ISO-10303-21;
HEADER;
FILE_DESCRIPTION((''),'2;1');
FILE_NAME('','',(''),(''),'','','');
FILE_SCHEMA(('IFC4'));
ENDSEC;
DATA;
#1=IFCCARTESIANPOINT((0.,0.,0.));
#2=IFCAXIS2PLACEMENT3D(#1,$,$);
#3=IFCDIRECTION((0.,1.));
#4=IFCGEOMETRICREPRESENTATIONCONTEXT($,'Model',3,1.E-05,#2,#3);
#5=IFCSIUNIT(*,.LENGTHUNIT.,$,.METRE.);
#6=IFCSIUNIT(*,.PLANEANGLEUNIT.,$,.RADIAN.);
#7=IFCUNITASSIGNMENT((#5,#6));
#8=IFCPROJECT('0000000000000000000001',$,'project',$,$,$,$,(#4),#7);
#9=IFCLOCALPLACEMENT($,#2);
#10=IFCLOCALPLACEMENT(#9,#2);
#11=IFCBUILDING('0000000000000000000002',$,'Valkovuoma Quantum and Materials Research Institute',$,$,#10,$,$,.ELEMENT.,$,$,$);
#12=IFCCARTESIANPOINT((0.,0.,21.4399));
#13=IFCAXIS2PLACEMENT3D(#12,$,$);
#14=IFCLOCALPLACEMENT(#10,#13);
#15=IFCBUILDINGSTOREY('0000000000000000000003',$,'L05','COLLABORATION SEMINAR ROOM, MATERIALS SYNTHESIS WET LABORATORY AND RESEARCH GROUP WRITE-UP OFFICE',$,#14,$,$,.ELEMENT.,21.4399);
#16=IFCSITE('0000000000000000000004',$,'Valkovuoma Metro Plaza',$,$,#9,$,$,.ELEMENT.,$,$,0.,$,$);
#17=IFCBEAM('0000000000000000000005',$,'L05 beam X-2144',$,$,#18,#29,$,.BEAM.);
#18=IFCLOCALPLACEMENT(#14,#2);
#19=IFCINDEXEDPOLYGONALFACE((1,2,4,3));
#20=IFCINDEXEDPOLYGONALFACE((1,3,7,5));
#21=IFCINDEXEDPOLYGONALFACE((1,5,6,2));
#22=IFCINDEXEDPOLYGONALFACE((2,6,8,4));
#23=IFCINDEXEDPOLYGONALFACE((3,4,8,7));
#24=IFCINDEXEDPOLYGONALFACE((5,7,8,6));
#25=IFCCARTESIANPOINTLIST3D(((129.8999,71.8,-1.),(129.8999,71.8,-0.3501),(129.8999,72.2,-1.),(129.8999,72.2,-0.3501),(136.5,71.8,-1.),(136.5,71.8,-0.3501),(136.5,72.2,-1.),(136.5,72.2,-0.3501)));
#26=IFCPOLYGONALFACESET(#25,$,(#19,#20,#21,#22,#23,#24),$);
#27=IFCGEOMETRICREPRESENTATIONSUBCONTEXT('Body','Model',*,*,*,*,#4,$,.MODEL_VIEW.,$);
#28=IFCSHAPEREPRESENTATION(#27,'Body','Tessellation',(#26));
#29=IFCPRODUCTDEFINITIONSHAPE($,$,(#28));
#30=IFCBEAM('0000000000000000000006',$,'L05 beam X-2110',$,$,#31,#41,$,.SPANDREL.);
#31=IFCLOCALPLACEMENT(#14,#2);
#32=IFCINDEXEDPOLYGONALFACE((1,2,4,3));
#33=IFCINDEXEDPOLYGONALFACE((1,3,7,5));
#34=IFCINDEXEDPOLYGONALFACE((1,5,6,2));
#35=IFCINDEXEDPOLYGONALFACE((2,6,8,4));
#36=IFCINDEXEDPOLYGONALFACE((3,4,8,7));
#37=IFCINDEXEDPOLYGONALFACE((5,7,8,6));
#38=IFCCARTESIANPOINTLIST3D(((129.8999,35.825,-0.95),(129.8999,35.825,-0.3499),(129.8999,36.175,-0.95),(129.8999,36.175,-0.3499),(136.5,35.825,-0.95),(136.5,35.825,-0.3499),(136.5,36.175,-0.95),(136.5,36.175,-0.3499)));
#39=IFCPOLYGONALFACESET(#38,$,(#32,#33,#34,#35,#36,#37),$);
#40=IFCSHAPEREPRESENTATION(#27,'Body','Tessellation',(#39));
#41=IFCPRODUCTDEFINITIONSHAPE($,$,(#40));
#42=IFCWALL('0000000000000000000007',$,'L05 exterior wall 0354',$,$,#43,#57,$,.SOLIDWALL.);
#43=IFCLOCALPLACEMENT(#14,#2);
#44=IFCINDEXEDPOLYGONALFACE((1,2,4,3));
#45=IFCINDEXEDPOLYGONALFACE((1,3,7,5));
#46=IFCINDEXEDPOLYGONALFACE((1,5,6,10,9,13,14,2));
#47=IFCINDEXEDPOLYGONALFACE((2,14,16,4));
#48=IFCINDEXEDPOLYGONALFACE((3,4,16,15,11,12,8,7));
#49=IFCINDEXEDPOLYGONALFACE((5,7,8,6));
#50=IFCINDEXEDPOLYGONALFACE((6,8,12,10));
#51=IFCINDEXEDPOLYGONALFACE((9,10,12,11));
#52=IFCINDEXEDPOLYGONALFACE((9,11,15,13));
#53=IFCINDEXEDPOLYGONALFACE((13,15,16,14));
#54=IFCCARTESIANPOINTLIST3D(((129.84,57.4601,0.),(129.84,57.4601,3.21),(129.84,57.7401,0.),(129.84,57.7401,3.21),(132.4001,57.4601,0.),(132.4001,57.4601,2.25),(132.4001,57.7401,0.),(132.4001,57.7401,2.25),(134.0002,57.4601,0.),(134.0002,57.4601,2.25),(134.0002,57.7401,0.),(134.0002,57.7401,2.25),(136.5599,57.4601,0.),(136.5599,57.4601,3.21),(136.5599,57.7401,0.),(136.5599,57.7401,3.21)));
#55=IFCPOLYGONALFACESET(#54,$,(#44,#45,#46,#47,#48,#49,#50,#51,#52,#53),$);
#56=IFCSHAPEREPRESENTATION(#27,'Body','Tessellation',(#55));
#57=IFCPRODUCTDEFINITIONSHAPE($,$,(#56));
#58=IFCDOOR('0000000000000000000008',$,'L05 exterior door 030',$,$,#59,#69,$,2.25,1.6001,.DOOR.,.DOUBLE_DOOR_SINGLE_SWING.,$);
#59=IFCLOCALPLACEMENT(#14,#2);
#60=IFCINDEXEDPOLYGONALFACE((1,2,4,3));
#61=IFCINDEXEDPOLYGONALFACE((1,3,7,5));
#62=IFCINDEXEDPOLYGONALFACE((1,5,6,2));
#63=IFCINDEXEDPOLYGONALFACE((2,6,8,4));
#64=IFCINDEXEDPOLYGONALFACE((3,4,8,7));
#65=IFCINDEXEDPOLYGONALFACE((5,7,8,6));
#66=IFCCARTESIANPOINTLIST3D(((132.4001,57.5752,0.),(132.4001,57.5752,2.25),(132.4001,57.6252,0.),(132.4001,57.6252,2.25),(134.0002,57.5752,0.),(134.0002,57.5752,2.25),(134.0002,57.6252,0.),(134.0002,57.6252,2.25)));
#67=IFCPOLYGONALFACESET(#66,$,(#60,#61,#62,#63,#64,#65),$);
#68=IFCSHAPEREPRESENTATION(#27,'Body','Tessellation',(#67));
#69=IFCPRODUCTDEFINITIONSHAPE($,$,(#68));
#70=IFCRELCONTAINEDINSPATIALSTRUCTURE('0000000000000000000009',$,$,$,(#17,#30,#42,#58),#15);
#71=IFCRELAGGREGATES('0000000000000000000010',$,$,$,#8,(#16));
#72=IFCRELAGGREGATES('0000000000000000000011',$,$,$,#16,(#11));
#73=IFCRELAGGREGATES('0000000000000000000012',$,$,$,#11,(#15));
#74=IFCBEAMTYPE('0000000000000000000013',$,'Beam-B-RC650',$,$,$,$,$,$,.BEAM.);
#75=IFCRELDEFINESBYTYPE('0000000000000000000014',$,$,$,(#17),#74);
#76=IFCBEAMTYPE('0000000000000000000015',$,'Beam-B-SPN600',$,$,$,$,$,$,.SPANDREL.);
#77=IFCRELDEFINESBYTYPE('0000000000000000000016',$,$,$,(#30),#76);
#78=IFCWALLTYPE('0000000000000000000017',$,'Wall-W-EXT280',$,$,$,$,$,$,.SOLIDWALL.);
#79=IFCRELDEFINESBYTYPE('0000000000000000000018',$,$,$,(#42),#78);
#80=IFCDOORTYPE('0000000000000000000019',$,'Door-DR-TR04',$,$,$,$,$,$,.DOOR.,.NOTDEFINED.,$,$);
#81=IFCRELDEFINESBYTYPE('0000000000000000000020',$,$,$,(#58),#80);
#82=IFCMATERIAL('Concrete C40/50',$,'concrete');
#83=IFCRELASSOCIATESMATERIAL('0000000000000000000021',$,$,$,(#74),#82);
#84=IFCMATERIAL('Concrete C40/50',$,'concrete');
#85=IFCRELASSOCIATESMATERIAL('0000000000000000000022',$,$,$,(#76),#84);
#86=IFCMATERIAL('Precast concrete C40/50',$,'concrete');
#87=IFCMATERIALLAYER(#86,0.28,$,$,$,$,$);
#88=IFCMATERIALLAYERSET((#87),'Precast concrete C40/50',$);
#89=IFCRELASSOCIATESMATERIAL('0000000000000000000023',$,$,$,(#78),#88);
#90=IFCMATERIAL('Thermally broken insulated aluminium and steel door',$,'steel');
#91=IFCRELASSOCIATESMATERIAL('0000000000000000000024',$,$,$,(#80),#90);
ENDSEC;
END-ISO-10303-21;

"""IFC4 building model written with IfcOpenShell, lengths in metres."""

from ifc_helpers import new_model, si_unit, direction, frame, frame_2d, origin, origin_2d, place, context, subcontext, project, spatial, rectangle, extrude, material, layer, layer_set, material_profile, profile_set, type_object, element, fill, save


model = new_model("IFC4")

# Units and contexts
model_context = context("Model", 3, precision=1e-05, world=origin(), true_north=direction((0.0, 1.0)))
body_context = subcontext(model_context, "Body", "Model", "MODEL_VIEW")
ifc_project = project(units=[si_unit("LENGTHUNIT", "METRE"), si_unit("PLANEANGLEUNIT", "RADIAN")], contexts=[model_context])

# Site, building, storey
site_placement = place(None, origin())
site = spatial("IfcSite", under=ifc_project, at=site_placement, Name="Valkovuoma Metro Plaza", CompositionType="ELEMENT", RefElevation=0.0)
building_placement = place(site_placement, origin())
building = spatial("IfcBuilding", under=site, at=building_placement, Name="Valkovuoma Quantum and Materials Research Institute", CompositionType="ELEMENT")
storey_placement = place(building_placement, frame((0.0, 0.0, 21.4399)))
storey = spatial("IfcBuildingStorey", under=building, at=storey_placement, Name="L05", Description="COLLABORATION SEMINAR ROOM, MATERIALS SYNTHESIS WET LABORATORY AND RESEARCH GROUP WRITE-UP OFFICE", CompositionType="ELEMENT", Elevation=21.4399)

# Beams
ifc_material_1 = material(Name="Concrete C40/50", Category="concrete")
ifc_material_profile_1 = material_profile(ifc_material_1, rectangle(XDim=0.3999, YDim=0.6499, at=origin_2d()), Name="Concrete C40/50")
ifc_profile_set_1 = profile_set([ifc_material_profile_1], Name="Concrete C40/50")
beam_type_1 = type_object("IfcBeamType", Name="Beam-B-RC650", PredefinedType="BEAM", material=ifc_profile_set_1)
for number, where, z_axis, x_axis, name in (
    (1, (129.8999, 72.0, -0.675), (1.0, 0.0, 0.0), (0.0, 1.0, 0.0), "L05 beam X-2144"),
):
    element("IfcBeam", number, at=place(storey_placement, frame(where, z_axis=z_axis, x_axis=x_axis)), inside=storey, type_object=beam_type_1, Name=name, PredefinedType="BEAM", context=body_context, shape_type="SweptSolid", body=[
        extrude(rectangle(XDim=0.3999, YDim=0.6499, at=origin_2d()), origin(), (0.0, 0.0, 1.0), 6.6001),
    ])
ifc_material_2 = material(Name="Concrete C40/50", Category="concrete")
ifc_material_profile_2 = material_profile(ifc_material_2, rectangle(XDim=0.3501, YDim=0.6001, at=origin_2d()), Name="Concrete C40/50")
ifc_profile_set_2 = profile_set([ifc_material_profile_2], Name="Concrete C40/50")
beam_type_2 = type_object("IfcBeamType", Name="Beam-B-SPN600", PredefinedType="SPANDREL", material=ifc_profile_set_2)
beam_1_placement = place(storey_placement, frame((129.8999, 36.0, -0.6499), z_axis=(1.0, 0.0, 0.0), x_axis=(0.0, 1.0, 0.0)))
element("IfcBeam", 2, at=beam_1_placement, inside=storey, type_object=beam_type_2, Name="L05 beam X-2110", PredefinedType="SPANDREL", context=body_context, shape_type="SweptSolid", body=[
    extrude(rectangle(XDim=0.3501, YDim=0.6001, at=origin_2d()), origin(), (0.0, 0.0, 1.0), 6.6001),
])

# Wall, opening, door
ifc_material_3 = material(Name="Precast concrete C40/50", Category="concrete")
ifc_layer = layer(ifc_material_3, 0.28)
ifc_layer_set = layer_set([ifc_layer], Name="Precast concrete C40/50")
wall_type = type_object("IfcWallType", Name="Wall-W-EXT280", PredefinedType="SOLIDWALL", material=ifc_layer_set)
wall_placement = place(storey_placement, frame((129.8401, 57.6001, 0.0), z_axis=(0.0, 0.0, 1.0), x_axis=(1.0, 0.0, 0.0)))
wall = element("IfcWall", 3, at=wall_placement, inside=storey, type_object=wall_type, Name="L05 exterior wall 0354", PredefinedType="SOLIDWALL", context=body_context, shape_type="SweptSolid", body=[
    extrude(rectangle(XDim=6.72, YDim=0.28, at=frame_2d((3.3599, 0.0))), origin(), (0.0, 0.0, 1.0), 3.21),
])
opening_placement = place(wall_placement, frame((2.5601, 0.0, 0.0)))
opening = element("IfcOpeningElement", 4, at=opening_placement, cuts=wall, PredefinedType="OPENING", context=body_context, shape_type="SweptSolid", body=[
    extrude(rectangle(XDim=1.6001, YDim=2.25, at=frame_2d((0.8, 1.125))), frame((0.0, 0.1499, 0.0), z_axis=(0.0, -1.0, 0.0), x_axis=(1.0, 0.0, 0.0)), (0.0, 0.0, 1.0), 0.3),
])
ifc_material_4 = material(Name="Thermally broken insulated aluminium and steel door", Category="steel")
door_type = type_object("IfcDoorType", Name="Door-DR-TR04", OperationType="NOTDEFINED", PredefinedType="DOOR", material=ifc_material_4)
door_placement = place(opening_placement, frame((1.6001, 0.0, 0.0), z_axis=(0.0, 0.0, 1.0), x_axis=(-1.0, 0.0, 0.0)))
door = element("IfcDoor", 5, at=door_placement, inside=storey, type_object=door_type, Name="L05 exterior door 030", OperationType="DOUBLE_DOOR_SINGLE_SWING", OverallHeight=2.25, OverallWidth=1.6001, PredefinedType="DOOR", context=body_context, shape_type="SweptSolid", body=[
    extrude(rectangle(XDim=1.6001, YDim=2.25, at=frame_2d((0.8, 1.125))), frame((0.0, 0.0249, 0.0), z_axis=(0.0, -1.0, 0.0), x_axis=(1.0, 0.0, 0.0)), (0.0, 0.0, 1.0), 0.05),
])
fill(opening, door)

save(model, "model.ifc")
